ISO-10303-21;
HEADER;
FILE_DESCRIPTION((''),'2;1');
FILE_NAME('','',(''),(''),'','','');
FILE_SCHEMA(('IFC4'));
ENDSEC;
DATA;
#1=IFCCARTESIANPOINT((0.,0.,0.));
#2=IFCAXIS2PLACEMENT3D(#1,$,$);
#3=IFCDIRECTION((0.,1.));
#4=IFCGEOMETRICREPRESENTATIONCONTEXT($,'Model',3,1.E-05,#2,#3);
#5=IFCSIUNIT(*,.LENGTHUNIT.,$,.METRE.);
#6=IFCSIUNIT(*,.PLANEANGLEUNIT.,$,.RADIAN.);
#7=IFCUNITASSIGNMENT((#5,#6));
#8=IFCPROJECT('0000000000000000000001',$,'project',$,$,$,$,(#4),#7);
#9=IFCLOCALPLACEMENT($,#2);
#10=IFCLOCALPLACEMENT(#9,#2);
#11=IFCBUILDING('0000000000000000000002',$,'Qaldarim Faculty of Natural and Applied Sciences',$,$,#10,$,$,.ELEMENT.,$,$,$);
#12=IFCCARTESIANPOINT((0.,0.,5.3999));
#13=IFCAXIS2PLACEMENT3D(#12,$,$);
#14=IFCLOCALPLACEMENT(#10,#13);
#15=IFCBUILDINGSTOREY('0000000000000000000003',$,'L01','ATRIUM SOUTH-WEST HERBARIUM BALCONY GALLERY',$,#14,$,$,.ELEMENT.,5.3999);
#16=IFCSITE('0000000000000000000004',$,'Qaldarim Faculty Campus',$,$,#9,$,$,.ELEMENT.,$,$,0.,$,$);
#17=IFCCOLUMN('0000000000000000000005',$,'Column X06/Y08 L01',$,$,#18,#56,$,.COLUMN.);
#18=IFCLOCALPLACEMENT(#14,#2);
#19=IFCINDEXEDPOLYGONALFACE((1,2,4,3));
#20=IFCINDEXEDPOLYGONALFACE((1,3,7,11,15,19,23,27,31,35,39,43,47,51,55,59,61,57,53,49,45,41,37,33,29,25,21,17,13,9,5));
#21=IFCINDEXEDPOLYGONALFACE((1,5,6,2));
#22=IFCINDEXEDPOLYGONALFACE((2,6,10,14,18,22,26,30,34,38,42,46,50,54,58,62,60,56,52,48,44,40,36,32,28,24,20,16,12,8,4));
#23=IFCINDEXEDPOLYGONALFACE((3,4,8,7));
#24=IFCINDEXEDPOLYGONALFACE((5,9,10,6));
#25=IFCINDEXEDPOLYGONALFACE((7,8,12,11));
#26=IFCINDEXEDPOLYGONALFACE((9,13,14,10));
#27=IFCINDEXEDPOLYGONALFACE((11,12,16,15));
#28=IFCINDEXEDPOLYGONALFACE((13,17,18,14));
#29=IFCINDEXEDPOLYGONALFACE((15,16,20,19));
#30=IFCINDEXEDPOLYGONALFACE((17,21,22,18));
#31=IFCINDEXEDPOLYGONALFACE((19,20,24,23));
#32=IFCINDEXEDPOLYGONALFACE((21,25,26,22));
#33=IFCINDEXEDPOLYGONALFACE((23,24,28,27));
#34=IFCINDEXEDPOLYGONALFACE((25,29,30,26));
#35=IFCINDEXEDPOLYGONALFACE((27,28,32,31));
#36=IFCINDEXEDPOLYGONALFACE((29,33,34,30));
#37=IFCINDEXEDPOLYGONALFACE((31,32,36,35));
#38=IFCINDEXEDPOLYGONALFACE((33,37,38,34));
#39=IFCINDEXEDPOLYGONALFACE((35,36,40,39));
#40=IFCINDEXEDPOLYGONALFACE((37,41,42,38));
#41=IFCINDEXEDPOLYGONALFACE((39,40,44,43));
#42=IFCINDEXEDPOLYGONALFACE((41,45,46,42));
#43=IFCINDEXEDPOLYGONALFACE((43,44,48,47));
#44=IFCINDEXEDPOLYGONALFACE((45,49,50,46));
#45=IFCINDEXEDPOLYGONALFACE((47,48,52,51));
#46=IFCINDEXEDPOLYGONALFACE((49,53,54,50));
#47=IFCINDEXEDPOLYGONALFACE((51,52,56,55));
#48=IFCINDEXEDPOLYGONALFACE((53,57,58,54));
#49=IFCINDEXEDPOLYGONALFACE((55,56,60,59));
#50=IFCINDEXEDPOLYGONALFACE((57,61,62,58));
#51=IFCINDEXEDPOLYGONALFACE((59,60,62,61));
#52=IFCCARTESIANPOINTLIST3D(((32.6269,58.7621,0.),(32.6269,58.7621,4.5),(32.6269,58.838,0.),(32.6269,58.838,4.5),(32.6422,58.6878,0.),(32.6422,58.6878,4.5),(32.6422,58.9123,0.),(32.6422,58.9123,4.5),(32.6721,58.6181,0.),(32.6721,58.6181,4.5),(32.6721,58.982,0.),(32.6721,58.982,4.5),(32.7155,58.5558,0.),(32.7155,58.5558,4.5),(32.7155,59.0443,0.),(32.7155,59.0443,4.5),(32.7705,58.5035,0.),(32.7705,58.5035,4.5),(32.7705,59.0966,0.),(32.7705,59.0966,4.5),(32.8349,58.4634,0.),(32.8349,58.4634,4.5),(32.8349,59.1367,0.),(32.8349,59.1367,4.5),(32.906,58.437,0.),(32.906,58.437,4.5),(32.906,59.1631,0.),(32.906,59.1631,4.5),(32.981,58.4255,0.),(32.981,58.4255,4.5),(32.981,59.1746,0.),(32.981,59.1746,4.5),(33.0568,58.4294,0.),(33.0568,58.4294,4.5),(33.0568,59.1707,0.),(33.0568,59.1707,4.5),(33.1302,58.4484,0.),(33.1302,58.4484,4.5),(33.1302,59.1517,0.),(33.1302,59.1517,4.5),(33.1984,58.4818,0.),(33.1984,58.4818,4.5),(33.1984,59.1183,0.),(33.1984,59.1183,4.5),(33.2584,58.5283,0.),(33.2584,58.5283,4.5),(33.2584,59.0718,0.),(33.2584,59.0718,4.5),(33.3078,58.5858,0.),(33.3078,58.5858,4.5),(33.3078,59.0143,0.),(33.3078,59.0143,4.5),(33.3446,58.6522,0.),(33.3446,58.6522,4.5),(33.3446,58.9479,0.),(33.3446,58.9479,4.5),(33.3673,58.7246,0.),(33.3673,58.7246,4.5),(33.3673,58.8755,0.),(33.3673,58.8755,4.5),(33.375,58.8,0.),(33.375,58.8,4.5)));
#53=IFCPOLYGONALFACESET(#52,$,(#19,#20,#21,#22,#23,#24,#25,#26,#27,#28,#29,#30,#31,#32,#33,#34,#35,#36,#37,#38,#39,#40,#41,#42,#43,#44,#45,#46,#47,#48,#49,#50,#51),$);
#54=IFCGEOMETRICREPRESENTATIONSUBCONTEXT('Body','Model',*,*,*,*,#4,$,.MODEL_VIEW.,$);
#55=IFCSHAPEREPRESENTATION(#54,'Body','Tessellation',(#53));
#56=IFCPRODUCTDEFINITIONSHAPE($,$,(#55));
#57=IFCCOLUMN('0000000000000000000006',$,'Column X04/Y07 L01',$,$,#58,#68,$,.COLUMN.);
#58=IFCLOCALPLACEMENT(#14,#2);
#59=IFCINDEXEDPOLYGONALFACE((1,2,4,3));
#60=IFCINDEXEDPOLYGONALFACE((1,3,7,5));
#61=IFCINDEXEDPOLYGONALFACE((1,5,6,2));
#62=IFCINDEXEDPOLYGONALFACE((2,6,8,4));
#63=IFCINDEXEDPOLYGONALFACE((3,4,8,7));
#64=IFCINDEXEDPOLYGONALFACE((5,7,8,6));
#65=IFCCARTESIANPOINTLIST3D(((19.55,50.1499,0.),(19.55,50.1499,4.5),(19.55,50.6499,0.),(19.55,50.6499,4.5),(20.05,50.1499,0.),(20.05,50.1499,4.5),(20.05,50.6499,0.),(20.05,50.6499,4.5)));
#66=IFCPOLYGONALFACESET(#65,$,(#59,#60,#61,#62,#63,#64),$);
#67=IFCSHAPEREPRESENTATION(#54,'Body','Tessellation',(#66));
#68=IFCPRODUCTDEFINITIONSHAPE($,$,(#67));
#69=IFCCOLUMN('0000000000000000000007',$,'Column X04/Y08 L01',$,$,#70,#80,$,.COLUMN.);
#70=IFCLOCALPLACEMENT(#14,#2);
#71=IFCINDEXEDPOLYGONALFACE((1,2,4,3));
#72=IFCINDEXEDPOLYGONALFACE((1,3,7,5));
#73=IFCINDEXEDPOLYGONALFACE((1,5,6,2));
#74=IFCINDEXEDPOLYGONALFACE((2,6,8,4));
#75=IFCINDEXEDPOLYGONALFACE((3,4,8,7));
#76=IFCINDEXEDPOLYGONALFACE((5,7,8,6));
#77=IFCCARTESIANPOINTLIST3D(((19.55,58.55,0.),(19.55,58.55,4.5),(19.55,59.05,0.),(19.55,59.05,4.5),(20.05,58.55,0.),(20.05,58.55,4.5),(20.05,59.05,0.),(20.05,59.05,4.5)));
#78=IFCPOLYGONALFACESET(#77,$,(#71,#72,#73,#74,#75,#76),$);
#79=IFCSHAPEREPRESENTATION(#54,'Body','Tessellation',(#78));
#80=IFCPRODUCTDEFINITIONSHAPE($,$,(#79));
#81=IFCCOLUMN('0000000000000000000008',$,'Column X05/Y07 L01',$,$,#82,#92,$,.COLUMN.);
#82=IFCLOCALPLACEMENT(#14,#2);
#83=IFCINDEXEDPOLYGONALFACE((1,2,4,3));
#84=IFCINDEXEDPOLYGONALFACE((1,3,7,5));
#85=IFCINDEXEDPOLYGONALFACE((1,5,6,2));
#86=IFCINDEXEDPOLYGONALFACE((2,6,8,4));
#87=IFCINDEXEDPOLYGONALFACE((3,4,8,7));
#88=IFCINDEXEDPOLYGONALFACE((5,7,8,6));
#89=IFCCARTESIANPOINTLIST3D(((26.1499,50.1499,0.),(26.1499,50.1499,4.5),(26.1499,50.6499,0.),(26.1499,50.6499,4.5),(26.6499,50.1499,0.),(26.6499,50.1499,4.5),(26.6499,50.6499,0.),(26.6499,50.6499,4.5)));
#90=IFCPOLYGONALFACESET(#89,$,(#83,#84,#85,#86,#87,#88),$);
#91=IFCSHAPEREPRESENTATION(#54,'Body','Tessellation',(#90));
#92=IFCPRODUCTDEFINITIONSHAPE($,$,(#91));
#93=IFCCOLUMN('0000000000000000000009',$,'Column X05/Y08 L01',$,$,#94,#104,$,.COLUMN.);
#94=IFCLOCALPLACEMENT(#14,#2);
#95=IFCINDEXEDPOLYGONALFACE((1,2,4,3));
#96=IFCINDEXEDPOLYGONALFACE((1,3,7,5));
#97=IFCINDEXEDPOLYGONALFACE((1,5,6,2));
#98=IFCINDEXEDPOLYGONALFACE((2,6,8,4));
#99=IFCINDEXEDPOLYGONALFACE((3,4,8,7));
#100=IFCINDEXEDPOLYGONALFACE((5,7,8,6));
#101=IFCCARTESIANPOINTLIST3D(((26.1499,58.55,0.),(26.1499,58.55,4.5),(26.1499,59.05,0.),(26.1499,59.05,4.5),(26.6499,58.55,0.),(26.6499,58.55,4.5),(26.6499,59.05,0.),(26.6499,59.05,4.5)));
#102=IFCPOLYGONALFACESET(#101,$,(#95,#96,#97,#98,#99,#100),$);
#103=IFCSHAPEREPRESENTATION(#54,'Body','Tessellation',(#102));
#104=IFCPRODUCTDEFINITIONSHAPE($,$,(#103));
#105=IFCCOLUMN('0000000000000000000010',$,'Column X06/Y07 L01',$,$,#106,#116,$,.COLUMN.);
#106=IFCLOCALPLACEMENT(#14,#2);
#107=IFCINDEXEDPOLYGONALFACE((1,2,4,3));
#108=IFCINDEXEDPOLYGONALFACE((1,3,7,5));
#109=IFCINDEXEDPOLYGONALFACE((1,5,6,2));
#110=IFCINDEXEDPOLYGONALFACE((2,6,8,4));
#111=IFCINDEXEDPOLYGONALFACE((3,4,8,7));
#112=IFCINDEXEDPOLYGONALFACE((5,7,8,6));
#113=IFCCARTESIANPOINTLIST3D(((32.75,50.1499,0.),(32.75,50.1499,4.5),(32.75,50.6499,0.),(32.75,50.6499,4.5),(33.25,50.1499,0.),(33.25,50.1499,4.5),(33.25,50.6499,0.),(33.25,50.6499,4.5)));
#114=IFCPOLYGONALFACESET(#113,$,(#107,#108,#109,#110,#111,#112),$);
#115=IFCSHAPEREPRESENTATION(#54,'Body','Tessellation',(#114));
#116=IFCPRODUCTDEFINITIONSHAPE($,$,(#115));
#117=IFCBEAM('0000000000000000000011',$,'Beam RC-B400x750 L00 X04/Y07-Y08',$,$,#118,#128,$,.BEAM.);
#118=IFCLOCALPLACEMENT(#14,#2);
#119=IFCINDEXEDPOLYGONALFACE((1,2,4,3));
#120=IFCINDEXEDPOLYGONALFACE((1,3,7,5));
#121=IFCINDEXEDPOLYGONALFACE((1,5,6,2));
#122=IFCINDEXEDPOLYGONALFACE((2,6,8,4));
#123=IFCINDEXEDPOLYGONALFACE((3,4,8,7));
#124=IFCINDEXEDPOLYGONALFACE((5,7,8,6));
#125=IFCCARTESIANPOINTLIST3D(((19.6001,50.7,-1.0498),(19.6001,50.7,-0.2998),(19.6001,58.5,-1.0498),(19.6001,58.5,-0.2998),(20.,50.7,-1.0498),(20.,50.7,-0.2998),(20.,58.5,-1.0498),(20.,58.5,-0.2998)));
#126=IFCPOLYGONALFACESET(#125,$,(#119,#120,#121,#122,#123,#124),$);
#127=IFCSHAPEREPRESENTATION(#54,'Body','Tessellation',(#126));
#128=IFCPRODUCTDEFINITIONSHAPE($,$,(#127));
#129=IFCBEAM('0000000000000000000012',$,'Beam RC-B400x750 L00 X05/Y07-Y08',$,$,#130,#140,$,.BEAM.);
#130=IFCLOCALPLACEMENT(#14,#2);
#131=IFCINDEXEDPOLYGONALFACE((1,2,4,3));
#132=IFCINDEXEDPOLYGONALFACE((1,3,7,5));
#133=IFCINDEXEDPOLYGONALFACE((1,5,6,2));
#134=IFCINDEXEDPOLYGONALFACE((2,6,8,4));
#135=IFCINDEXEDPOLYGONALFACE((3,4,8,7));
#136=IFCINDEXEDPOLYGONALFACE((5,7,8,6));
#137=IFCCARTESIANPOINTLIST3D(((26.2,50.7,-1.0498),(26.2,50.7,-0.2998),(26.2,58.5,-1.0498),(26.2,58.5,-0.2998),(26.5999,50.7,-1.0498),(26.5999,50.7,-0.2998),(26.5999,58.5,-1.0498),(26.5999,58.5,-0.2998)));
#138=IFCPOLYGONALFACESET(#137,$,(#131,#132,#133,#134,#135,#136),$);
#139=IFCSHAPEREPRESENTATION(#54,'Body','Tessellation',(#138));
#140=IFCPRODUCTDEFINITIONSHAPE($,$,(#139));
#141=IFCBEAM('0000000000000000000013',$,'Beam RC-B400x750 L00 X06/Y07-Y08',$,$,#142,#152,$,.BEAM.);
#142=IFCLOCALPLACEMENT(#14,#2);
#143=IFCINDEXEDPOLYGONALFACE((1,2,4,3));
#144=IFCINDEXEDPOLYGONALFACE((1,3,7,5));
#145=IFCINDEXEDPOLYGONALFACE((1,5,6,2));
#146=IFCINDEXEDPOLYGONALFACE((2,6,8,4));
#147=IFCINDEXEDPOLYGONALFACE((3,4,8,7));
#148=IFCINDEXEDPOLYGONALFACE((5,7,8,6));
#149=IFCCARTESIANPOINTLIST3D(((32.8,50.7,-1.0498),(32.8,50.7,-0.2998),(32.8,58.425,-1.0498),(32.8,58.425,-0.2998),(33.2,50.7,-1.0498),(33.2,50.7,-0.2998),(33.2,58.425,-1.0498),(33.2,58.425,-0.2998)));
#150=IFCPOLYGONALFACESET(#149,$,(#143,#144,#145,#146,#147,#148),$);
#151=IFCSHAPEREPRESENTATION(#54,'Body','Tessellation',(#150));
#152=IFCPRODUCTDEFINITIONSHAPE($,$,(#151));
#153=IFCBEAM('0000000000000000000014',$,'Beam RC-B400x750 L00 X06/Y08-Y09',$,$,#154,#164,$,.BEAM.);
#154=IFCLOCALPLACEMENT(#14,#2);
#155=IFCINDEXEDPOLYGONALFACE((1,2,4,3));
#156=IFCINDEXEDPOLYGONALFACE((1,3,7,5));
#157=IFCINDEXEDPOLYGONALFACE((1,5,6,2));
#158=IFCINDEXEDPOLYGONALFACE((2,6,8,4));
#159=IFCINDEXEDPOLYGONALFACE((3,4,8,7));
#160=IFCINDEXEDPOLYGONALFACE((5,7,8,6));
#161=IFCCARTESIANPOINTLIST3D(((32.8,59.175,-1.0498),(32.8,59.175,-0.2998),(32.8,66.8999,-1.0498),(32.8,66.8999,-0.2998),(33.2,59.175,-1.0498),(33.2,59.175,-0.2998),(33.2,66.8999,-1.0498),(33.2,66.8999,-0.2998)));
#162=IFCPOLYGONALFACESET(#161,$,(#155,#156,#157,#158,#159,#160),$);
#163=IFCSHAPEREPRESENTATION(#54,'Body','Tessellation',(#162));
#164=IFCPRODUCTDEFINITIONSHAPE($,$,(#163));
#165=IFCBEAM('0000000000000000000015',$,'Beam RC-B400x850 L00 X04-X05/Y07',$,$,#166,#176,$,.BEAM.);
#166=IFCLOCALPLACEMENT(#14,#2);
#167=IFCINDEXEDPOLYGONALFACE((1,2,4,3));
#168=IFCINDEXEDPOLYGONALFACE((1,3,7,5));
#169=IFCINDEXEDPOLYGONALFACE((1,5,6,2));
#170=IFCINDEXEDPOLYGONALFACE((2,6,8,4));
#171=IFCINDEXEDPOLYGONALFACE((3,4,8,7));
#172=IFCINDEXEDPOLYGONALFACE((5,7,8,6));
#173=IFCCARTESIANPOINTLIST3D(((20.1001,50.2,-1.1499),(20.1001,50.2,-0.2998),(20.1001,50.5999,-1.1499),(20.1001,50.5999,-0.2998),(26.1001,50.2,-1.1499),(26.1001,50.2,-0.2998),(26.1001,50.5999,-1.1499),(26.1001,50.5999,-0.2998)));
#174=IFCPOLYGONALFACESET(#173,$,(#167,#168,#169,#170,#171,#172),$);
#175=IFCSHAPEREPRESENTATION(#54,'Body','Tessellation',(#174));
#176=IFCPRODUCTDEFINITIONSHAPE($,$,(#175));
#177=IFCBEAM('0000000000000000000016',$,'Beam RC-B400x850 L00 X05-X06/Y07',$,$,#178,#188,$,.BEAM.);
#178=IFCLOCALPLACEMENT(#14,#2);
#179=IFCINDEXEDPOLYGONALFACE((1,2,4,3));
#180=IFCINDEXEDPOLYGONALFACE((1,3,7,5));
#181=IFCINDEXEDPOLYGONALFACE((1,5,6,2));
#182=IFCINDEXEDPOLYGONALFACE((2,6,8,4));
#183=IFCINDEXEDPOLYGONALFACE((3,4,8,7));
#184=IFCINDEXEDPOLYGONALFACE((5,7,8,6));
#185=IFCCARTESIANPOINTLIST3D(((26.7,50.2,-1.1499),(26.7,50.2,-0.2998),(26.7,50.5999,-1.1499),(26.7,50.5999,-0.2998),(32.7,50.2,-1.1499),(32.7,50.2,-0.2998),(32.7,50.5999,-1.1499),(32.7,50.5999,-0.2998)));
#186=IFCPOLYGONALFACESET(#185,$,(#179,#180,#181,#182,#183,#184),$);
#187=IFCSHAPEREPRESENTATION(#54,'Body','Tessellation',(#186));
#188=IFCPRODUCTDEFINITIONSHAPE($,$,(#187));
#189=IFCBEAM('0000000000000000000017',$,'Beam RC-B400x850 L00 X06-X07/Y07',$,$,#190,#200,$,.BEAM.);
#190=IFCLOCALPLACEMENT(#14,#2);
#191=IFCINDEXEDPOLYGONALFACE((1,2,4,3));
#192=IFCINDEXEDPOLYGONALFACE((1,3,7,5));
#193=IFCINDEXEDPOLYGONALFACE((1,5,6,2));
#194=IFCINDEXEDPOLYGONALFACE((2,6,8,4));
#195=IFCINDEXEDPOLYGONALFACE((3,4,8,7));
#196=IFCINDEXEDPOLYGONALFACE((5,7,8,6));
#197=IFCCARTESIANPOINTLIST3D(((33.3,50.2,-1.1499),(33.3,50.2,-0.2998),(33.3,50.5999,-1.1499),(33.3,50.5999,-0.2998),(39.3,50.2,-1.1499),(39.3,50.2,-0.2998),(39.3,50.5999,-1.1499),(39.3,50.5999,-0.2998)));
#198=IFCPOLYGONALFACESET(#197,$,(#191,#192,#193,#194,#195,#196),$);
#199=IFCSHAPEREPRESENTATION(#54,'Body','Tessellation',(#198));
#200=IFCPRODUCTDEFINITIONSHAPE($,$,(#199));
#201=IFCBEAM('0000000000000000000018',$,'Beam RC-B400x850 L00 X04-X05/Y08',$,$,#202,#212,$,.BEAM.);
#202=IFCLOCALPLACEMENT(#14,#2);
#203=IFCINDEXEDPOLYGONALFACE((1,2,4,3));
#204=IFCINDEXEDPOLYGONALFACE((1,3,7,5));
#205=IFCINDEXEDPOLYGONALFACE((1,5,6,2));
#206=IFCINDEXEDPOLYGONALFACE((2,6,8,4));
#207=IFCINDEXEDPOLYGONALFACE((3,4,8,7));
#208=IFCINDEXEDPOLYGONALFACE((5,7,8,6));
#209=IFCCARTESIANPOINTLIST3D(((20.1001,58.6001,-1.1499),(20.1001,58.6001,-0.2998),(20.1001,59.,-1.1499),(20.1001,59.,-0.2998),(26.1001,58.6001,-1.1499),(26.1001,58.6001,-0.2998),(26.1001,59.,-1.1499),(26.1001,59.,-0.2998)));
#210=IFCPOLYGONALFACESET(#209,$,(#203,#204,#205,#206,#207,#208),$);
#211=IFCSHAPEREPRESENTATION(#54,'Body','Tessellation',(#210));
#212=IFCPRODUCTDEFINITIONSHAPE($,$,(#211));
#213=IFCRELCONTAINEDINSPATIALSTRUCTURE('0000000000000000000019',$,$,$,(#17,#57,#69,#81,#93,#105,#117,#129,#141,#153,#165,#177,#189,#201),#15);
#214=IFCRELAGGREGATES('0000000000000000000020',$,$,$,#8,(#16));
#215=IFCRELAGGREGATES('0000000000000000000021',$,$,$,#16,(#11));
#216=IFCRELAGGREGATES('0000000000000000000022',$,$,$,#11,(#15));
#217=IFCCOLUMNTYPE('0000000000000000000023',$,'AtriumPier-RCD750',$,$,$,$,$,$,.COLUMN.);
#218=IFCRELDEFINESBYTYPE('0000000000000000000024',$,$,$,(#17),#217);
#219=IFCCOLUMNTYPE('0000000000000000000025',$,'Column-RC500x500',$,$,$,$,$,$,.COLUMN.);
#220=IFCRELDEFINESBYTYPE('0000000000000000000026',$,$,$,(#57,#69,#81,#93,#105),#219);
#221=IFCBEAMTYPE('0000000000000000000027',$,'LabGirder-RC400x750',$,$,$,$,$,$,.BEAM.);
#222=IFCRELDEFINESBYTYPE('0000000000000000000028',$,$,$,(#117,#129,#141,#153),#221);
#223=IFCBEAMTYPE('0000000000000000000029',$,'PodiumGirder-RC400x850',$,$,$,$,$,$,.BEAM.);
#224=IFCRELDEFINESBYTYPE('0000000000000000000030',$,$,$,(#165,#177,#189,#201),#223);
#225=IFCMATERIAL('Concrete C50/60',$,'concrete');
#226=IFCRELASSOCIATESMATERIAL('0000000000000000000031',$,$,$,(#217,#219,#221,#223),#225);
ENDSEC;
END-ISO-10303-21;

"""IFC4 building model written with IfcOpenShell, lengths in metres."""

from ifc_helpers import new_model, si_unit, direction, frame, origin, origin_2d, place, context, subcontext, project, spatial, rectangle, circle, extrude, material, material_profile, profile_set, type_object, element, save


model = new_model("IFC4")

# Units and contexts
model_context = context("Model", 3, precision=1e-05, world=origin(), true_north=direction((0.0, 1.0)))
body_context = subcontext(model_context, "Body", "Model", "MODEL_VIEW")
ifc_project = project(units=[si_unit("LENGTHUNIT", "METRE"), si_unit("PLANEANGLEUNIT", "RADIAN")], contexts=[model_context])

# Site, building, storey
site_placement = place(None, origin())
site = spatial("IfcSite", under=ifc_project, at=site_placement, Name="Qaldarim Faculty Campus", CompositionType="ELEMENT", RefElevation=0.0)
building_placement = place(site_placement, origin())
building = spatial("IfcBuilding", under=site, at=building_placement, Name="Qaldarim Faculty of Natural and Applied Sciences", CompositionType="ELEMENT")
storey_placement = place(building_placement, frame((0.0, 0.0, 5.3999)))
storey = spatial("IfcBuildingStorey", under=building, at=storey_placement, Name="L01", Description="ATRIUM SOUTH-WEST HERBARIUM BALCONY GALLERY", CompositionType="ELEMENT", Elevation=5.3999)

# Columns
ifc_material_1 = material(Name="Concrete C50/60", Category="concrete")
ifc_material_profile_1 = material_profile(ifc_material_1, circle(Radius=0.375, at=origin_2d()), Name="RC-D750")
ifc_profile_set_1 = profile_set([ifc_material_profile_1], Name="Concrete C50/60")
column_type_1 = type_object("IfcColumnType", Name="AtriumPier-RCD750", PredefinedType="COLUMN", material=ifc_profile_set_1)
column_placement = place(storey_placement, frame((33.0, 58.8, 0.0), z_axis=(0.0, 0.0, 1.0), x_axis=(1.0, 0.0, 0.0)))
element("IfcColumn", 1, at=column_placement, inside=storey, type_object=column_type_1, Name="Column X06/Y08 L01", PredefinedType="COLUMN", context=body_context, shape_type="SweptSolid", body=[
    extrude(circle(Radius=0.375, at=origin_2d()), origin(), (0.0, 0.0, 1.0), 4.5),
])
ifc_material_profile_2 = material_profile(ifc_material_1, rectangle(XDim=0.5, YDim=0.5, at=origin_2d()), Name="RC-C500x500")
ifc_profile_set_2 = profile_set([ifc_material_profile_2], Name="Concrete C50/60")
column_type_2 = type_object("IfcColumnType", Name="Column-RC500x500", PredefinedType="COLUMN", material=ifc_profile_set_2)
for number, where, z_axis, x_axis, name in (
    (2, (19.8, 50.3999, 0.0), (0.0, 0.0, 1.0), (1.0, 0.0, 0.0), "Column X04/Y07 L01"),
    (3, (19.8, 58.8, 0.0), (0.0, 0.0, 1.0), (1.0, 0.0, 0.0), "Column X04/Y08 L01"),
    (4, (26.3999, 50.3999, 0.0), (0.0, 0.0, 1.0), (1.0, 0.0, 0.0), "Column X05/Y07 L01"),
    (5, (26.3999, 58.8, 0.0), (0.0, 0.0, 1.0), (1.0, 0.0, 0.0), "Column X05/Y08 L01"),
    (6, (33.0, 50.3999, 0.0), (0.0, 0.0, 1.0), (1.0, 0.0, 0.0), "Column X06/Y07 L01"),
):
    element("IfcColumn", number, at=place(storey_placement, frame(where, z_axis=z_axis, x_axis=x_axis)), inside=storey, type_object=column_type_2, Name=name, PredefinedType="COLUMN", context=body_context, shape_type="SweptSolid", body=[
        extrude(rectangle(XDim=0.5, YDim=0.5, at=origin_2d()), origin(), (0.0, 0.0, 1.0), 4.5),
    ])

# Beams
ifc_material_profile_3 = material_profile(ifc_material_1, rectangle(XDim=0.3999, YDim=0.75, at=origin_2d()), Name="RC-B400x750")
ifc_profile_set_3 = profile_set([ifc_material_profile_3], Name="Concrete C50/60")
beam_type_1 = type_object("IfcBeamType", Name="LabGirder-RC400x750", PredefinedType="BEAM", material=ifc_profile_set_3)
for number, where, z_axis, x_axis, name in (
    (7, (19.8, 50.7, -0.6748), (0.0, 1.0, 0.0), (-1.0, 0.0, 0.0), "Beam RC-B400x750 L00 X04/Y07-Y08"),
    (8, (26.3999, 50.7, -0.6748), (0.0, 1.0, 0.0), (-1.0, 0.0, 0.0), "Beam RC-B400x750 L00 X05/Y07-Y08"),
):
    element("IfcBeam", number, at=place(storey_placement, frame(where, z_axis=z_axis, x_axis=x_axis)), inside=storey, type_object=beam_type_1, Name=name, PredefinedType="BEAM", context=body_context, shape_type="SweptSolid", body=[
        extrude(rectangle(XDim=0.3999, YDim=0.75, at=origin_2d()), origin(), (0.0, 0.0, 1.0), 7.8),
    ])
beam_1_placement = place(storey_placement, frame((33.0, 50.7, -0.6748), z_axis=(0.0, 1.0, 0.0), x_axis=(-1.0, 0.0, 0.0)))
element("IfcBeam", 9, at=beam_1_placement, inside=storey, type_object=beam_type_1, Name="Beam RC-B400x750 L00 X06/Y07-Y08", PredefinedType="BEAM", context=body_context, shape_type="SweptSolid", body=[
    extrude(rectangle(XDim=0.3999, YDim=0.75, at=origin_2d()), origin(), (0.0, 0.0, 1.0), 7.7251),
])
beam_2_placement = place(storey_placement, frame((33.0, 59.175, -0.6748), z_axis=(0.0, 1.0, 0.0), x_axis=(-1.0, 0.0, 0.0)))
element("IfcBeam", 10, at=beam_2_placement, inside=storey, type_object=beam_type_1, Name="Beam RC-B400x750 L00 X06/Y08-Y09", PredefinedType="BEAM", context=body_context, shape_type="SweptSolid", body=[
    extrude(rectangle(XDim=0.3999, YDim=0.75, at=origin_2d()), origin(), (0.0, 0.0, 1.0), 7.7249),
])
ifc_material_profile_4 = material_profile(ifc_material_1, rectangle(XDim=0.3999, YDim=0.8501, at=origin_2d()), Name="RC-B400x850")
ifc_profile_set_4 = profile_set([ifc_material_profile_4], Name="Concrete C50/60")
beam_type_2 = type_object("IfcBeamType", Name="PodiumGirder-RC400x850", PredefinedType="BEAM", material=ifc_profile_set_4)
for number, where, z_axis, x_axis, name in (
    (11, (20.1001, 50.3999, -0.7249), (1.0, 0.0, 0.0), (0.0, 1.0, 0.0), "Beam RC-B400x850 L00 X04-X05/Y07"),
    (12, (26.7, 50.3999, -0.7249), (1.0, 0.0, 0.0), (0.0, 1.0, 0.0), "Beam RC-B400x850 L00 X05-X06/Y07"),
    (13, (33.3, 50.3999, -0.7249), (1.0, 0.0, 0.0), (0.0, 1.0, 0.0), "Beam RC-B400x850 L00 X06-X07/Y07"),
    (14, (20.1001, 58.8, -0.7249), (1.0, 0.0, 0.0), (0.0, 1.0, 0.0), "Beam RC-B400x850 L00 X04-X05/Y08"),
):
    element("IfcBeam", number, at=place(storey_placement, frame(where, z_axis=z_axis, x_axis=x_axis)), inside=storey, type_object=beam_type_2, Name=name, PredefinedType="BEAM", context=body_context, shape_type="SweptSolid", body=[
        extrude(rectangle(XDim=0.3999, YDim=0.8501, at=origin_2d()), origin(), (0.0, 0.0, 1.0), 6.0),
    ])

save(model, "model.ifc")
